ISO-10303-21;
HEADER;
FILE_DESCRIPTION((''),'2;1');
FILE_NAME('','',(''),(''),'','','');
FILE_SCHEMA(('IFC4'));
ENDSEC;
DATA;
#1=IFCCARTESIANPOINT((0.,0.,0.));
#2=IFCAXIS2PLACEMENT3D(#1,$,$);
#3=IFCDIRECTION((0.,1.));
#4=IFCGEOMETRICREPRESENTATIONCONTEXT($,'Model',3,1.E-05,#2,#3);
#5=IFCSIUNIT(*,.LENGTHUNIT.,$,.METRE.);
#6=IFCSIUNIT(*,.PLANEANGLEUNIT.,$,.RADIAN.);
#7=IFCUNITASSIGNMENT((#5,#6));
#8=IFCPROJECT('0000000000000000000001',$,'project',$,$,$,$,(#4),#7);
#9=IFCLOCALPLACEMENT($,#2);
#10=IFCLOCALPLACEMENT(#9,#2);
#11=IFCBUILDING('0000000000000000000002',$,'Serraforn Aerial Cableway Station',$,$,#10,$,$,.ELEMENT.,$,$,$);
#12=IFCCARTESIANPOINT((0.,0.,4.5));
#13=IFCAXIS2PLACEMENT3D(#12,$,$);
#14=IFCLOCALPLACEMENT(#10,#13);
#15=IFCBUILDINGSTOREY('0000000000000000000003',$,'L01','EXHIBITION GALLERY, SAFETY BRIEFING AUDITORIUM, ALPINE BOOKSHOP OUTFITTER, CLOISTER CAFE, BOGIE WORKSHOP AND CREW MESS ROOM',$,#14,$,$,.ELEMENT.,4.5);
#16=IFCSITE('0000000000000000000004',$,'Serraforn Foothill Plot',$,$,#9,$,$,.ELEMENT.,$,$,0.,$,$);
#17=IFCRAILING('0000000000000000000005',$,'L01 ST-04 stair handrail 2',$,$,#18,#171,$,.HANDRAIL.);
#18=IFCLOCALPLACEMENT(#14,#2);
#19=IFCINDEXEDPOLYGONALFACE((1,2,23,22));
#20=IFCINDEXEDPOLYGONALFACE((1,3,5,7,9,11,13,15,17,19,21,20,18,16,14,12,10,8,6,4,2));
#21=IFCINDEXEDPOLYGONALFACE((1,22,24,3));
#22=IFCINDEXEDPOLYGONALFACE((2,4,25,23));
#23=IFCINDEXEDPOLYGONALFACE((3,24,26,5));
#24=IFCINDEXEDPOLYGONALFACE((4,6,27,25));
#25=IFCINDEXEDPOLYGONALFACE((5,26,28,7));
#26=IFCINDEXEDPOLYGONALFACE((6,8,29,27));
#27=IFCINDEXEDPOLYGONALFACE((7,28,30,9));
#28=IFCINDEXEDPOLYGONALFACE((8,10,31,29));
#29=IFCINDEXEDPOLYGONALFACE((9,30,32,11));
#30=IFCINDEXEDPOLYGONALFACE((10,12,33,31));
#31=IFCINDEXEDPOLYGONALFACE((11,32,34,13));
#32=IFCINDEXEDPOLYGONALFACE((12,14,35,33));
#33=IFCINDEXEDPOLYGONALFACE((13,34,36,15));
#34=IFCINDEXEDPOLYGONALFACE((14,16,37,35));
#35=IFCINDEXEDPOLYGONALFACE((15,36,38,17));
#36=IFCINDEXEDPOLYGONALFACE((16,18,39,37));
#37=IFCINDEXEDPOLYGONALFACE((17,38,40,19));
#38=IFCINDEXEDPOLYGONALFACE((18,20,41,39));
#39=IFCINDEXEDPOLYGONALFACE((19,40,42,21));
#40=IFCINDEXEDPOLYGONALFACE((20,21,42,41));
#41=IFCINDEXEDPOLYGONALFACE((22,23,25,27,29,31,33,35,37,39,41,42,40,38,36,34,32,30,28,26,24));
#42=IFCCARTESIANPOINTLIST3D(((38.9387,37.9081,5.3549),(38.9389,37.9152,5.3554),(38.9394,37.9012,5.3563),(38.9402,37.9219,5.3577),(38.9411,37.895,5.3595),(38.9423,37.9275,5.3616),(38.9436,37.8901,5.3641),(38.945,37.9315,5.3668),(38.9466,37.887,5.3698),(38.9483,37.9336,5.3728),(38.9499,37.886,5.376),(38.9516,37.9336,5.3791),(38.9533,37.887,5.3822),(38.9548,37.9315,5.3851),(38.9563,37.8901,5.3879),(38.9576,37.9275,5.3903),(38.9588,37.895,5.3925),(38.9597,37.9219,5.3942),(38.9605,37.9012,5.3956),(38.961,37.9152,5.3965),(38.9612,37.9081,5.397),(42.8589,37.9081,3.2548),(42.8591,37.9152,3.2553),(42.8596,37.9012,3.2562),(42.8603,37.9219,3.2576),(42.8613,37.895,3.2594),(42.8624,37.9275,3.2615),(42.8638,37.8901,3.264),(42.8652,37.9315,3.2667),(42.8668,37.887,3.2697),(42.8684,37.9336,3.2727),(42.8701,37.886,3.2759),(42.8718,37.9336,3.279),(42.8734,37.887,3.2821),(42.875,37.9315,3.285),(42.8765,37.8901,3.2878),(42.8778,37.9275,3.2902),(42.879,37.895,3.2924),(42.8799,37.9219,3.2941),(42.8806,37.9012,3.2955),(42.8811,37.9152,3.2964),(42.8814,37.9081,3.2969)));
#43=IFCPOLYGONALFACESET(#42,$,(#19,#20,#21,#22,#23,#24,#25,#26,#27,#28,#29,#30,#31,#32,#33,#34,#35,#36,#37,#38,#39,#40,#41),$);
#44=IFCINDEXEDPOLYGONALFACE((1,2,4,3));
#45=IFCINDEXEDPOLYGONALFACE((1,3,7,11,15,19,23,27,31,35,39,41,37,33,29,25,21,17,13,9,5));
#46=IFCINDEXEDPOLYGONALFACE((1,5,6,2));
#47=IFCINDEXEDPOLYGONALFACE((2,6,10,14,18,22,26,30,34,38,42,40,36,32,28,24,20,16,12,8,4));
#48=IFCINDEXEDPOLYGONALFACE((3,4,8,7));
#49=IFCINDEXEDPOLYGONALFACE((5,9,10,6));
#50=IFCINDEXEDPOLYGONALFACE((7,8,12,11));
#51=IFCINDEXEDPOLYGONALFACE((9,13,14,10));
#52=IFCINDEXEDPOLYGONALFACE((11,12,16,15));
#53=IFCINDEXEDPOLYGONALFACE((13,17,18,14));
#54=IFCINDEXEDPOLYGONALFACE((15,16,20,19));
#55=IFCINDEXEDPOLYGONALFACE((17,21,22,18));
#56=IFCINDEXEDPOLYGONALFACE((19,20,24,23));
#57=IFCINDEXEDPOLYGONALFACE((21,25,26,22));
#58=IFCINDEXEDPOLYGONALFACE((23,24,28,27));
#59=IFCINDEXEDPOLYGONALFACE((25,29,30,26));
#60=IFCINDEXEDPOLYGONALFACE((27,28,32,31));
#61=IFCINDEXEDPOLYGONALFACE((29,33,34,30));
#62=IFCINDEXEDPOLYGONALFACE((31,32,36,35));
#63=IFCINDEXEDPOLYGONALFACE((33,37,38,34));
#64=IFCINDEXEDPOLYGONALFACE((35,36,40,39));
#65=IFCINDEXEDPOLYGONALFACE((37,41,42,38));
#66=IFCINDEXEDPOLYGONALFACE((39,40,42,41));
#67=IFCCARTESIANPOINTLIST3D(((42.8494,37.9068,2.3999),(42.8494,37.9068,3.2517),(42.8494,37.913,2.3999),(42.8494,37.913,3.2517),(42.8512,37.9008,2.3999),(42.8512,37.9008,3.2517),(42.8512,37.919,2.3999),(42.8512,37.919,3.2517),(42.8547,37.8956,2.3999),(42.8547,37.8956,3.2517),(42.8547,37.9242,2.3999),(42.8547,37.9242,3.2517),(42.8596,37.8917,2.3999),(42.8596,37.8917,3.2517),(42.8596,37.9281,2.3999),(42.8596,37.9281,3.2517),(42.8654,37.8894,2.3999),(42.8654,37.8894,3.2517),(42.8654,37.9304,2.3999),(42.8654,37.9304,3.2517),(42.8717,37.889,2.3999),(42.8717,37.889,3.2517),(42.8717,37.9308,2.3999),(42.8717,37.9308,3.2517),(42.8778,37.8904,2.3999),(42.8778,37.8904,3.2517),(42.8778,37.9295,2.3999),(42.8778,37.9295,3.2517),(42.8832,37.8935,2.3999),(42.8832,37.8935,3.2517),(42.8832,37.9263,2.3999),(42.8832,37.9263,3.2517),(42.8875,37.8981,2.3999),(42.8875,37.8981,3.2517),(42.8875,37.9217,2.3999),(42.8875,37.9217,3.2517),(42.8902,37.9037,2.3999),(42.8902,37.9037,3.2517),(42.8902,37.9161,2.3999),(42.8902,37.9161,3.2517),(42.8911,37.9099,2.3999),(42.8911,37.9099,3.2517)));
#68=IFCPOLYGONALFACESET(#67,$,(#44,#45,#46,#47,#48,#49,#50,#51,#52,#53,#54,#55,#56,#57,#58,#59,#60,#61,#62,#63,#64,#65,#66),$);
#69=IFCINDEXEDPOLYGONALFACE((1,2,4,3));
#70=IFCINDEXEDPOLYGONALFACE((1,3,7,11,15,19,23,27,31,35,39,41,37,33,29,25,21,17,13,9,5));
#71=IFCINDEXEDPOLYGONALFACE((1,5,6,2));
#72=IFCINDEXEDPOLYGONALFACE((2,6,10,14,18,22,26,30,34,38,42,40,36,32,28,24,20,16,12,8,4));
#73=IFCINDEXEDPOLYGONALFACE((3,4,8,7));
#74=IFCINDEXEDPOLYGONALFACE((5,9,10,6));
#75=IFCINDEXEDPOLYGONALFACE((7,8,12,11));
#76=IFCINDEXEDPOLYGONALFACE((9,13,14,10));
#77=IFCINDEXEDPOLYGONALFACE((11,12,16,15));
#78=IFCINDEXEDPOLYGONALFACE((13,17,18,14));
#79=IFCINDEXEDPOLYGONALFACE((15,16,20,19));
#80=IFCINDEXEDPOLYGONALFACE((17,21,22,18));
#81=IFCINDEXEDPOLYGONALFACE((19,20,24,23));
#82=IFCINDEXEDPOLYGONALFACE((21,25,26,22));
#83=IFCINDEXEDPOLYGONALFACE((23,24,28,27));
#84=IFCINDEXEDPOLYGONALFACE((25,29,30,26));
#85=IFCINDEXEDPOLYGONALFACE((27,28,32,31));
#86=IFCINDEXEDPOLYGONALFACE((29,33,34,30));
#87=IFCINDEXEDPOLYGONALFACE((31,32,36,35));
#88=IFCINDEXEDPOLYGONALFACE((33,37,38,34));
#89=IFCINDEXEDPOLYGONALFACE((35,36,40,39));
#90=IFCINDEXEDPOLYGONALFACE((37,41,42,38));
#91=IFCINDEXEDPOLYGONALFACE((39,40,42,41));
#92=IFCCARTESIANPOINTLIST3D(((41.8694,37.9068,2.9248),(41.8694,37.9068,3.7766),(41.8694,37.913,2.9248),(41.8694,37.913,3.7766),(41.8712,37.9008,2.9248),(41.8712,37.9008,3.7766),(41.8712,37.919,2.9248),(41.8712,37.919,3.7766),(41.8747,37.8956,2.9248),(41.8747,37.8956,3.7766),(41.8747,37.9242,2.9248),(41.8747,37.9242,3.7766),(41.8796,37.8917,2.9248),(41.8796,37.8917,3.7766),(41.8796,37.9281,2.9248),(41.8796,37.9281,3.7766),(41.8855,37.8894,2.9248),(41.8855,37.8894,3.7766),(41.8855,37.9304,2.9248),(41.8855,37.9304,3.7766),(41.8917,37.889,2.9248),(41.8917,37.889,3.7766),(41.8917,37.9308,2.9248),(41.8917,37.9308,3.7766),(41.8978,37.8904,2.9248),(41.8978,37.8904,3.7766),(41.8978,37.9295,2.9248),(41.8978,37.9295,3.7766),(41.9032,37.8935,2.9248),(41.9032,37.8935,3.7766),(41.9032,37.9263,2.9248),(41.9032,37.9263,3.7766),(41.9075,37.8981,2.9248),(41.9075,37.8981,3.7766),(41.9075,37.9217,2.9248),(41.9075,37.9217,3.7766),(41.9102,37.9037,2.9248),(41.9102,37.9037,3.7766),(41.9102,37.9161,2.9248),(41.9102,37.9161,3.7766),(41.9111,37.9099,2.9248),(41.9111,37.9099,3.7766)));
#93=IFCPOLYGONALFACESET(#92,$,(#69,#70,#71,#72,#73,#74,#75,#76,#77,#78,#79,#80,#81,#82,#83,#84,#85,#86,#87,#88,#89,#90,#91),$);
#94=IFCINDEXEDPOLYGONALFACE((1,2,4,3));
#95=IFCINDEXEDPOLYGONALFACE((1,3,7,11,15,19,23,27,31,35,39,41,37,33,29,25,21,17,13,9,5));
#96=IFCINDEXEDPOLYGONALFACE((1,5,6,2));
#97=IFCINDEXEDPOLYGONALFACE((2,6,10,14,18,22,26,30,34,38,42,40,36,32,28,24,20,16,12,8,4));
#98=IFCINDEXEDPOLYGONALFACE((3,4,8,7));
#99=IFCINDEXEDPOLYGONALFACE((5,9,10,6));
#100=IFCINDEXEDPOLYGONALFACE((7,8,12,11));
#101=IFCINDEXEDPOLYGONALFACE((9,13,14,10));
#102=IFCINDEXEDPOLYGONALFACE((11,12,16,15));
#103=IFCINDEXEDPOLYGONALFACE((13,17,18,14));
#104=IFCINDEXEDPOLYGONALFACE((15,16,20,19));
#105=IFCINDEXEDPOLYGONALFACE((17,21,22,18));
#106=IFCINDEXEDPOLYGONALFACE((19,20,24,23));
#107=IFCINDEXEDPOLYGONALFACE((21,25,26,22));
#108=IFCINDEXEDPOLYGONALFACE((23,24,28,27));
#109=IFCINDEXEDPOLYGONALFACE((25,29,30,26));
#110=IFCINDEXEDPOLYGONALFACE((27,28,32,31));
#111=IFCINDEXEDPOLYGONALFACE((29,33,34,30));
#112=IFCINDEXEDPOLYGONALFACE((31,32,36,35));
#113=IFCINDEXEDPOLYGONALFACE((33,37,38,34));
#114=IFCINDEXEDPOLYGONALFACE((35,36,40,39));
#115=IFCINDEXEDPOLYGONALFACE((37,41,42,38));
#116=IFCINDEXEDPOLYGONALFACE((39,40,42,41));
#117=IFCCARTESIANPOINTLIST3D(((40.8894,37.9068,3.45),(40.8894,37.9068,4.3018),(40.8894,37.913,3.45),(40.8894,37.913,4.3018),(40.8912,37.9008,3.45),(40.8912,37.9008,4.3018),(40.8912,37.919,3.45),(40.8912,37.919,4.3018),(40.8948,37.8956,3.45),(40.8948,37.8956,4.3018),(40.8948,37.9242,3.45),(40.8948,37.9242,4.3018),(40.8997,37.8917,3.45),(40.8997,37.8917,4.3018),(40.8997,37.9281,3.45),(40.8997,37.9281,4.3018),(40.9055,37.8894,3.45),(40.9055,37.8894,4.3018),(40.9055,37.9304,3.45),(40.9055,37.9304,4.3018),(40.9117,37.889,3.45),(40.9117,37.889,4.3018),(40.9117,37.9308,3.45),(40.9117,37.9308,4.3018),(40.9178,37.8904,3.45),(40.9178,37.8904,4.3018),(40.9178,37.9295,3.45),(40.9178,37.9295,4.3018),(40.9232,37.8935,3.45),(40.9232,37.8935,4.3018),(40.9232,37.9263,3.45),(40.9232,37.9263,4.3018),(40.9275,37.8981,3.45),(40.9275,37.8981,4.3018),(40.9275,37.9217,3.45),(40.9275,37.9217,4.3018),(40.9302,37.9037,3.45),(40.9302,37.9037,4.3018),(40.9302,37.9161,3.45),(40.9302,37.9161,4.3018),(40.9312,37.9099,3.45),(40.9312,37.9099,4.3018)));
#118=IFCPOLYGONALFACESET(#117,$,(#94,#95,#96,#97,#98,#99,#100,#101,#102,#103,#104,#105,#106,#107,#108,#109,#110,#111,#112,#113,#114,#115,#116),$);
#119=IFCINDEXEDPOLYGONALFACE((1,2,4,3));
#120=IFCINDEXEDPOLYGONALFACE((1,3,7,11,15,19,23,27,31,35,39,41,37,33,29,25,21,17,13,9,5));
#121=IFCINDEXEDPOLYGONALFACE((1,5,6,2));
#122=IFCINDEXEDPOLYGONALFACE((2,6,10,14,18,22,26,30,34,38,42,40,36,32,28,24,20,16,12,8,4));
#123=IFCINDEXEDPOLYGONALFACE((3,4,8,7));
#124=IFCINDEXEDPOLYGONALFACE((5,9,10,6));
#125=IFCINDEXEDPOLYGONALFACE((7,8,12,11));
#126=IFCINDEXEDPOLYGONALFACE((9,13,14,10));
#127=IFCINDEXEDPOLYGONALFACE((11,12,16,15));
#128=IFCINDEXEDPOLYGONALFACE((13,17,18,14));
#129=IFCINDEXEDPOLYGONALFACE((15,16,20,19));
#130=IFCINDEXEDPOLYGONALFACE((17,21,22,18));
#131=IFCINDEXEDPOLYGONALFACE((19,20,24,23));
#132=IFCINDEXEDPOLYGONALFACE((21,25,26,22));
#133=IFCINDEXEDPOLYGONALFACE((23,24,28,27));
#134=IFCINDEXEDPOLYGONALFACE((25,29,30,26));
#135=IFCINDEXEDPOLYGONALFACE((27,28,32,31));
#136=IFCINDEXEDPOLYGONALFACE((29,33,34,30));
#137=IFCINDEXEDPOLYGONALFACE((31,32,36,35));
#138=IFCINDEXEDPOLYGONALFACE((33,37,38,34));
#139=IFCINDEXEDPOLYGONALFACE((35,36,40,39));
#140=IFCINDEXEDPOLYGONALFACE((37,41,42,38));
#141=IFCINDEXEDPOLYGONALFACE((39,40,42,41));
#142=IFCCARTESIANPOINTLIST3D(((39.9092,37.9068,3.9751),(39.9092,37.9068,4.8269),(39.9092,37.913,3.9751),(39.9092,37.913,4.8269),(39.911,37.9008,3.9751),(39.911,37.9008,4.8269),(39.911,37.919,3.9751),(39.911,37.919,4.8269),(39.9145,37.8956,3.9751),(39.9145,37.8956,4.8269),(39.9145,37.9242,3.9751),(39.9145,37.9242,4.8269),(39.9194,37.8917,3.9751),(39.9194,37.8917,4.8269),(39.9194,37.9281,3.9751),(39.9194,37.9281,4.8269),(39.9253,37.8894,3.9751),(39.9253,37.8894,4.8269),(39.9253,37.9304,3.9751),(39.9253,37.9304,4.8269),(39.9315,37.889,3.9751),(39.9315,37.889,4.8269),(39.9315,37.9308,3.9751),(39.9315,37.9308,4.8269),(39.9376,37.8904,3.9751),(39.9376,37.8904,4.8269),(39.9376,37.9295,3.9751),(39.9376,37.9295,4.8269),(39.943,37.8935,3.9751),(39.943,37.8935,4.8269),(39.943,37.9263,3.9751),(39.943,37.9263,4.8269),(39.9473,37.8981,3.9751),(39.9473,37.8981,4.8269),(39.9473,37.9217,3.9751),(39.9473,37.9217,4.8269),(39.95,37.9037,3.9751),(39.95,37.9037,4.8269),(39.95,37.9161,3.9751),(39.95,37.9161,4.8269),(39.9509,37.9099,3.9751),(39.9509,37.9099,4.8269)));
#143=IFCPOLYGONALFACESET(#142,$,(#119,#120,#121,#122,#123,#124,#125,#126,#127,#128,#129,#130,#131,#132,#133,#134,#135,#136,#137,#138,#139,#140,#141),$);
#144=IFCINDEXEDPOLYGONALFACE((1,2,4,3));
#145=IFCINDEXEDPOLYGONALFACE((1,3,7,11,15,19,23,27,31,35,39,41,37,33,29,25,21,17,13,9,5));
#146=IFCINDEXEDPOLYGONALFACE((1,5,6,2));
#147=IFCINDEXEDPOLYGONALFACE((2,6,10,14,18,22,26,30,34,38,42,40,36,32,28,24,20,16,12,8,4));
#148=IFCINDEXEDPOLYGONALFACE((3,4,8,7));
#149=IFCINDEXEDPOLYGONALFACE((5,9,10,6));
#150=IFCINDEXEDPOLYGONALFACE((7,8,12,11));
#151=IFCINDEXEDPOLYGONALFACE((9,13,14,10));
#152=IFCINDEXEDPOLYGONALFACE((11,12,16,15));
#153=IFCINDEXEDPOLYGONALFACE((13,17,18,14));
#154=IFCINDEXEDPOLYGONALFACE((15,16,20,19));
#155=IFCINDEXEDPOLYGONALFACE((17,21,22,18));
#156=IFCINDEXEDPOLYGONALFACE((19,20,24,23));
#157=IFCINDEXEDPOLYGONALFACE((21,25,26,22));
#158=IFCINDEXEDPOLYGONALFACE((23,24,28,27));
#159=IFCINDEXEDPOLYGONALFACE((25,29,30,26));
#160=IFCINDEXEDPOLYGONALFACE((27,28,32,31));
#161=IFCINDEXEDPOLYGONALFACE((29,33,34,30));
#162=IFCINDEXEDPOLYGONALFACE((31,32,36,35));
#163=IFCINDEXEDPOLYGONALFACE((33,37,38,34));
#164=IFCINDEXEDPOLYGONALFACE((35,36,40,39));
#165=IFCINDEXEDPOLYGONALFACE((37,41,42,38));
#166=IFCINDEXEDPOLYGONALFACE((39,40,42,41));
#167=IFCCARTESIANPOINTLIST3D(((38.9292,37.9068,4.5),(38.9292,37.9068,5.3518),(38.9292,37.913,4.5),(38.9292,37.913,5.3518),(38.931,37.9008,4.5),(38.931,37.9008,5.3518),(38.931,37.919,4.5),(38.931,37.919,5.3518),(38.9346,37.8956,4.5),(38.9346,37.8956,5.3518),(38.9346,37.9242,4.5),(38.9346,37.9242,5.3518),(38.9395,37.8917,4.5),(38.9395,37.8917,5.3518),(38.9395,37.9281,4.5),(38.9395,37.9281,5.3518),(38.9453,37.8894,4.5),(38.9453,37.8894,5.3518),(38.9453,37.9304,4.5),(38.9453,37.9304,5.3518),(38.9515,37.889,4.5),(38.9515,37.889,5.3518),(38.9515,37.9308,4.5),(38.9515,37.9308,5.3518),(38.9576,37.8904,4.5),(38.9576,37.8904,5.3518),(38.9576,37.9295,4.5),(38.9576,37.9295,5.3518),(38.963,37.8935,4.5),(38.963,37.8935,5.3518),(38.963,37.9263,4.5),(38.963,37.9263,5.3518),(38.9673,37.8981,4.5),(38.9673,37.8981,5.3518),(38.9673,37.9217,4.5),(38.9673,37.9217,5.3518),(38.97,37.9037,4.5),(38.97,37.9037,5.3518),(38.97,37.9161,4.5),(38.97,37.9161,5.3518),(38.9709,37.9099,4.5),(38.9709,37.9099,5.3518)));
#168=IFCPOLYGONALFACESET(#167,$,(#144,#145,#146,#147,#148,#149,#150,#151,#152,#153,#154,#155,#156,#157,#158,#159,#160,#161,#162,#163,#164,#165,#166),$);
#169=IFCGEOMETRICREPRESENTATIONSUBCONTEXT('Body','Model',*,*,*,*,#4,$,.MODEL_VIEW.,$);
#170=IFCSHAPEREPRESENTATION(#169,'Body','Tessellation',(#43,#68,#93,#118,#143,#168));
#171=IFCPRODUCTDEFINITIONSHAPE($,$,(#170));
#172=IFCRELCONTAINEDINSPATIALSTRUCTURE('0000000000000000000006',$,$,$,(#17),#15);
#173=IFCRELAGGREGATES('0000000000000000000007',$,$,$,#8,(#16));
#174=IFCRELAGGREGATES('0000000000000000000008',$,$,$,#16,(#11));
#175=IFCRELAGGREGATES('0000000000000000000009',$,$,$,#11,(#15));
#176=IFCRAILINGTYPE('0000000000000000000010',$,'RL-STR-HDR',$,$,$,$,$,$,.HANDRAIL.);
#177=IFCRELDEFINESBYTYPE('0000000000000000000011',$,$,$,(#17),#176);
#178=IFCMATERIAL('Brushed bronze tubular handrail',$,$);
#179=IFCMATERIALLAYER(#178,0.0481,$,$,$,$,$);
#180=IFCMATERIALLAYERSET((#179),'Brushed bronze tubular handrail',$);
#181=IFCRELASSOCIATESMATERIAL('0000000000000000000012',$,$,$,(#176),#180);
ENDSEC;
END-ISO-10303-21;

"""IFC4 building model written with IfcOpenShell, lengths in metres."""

from ifc_helpers import new_model, si_unit, direction, frame, origin, origin_2d, place, context, subcontext, project, spatial, circle, extrude, material, layer, layer_set, type_object, element, save


model = new_model("IFC4")

# Units and contexts
model_context = context("Model", 3, precision=1e-05, world=origin(), true_north=direction((0.0, 1.0)))
body_context = subcontext(model_context, "Body", "Model", "MODEL_VIEW")
ifc_project = project(units=[si_unit("LENGTHUNIT", "METRE"), si_unit("PLANEANGLEUNIT", "RADIAN")], contexts=[model_context])

# Site, building, storey
site_placement = place(None, origin())
site = spatial("IfcSite", under=ifc_project, at=site_placement, Name="Serraforn Foothill Plot", CompositionType="ELEMENT", RefElevation=0.0)
building_placement = place(site_placement, origin())
building = spatial("IfcBuilding", under=site, at=building_placement, Name="Serraforn Aerial Cableway Station", CompositionType="ELEMENT")
storey_placement = place(building_placement, frame((0.0, 0.0, 4.5)))
storey = spatial("IfcBuildingStorey", under=building, at=storey_placement, Name="L01", Description="EXHIBITION GALLERY, SAFETY BRIEFING AUDITORIUM, ALPINE BOOKSHOP OUTFITTER, CLOISTER CAFE, BOGIE WORKSHOP AND CREW MESS ROOM", CompositionType="ELEMENT", Elevation=4.5)

# Railing
ifc_material_1 = material(Name="Brushed bronze tubular handrail")
ifc_layer_1 = layer(ifc_material_1, 0.0481)
ifc_layer_set_1 = layer_set([ifc_layer_1], Name="Brushed bronze tubular handrail")
railing_type_1 = type_object("IfcRailingType", Name="RL-STR-HDR", PredefinedType="HANDRAIL", material=ifc_layer_set_1)
railing_1_placement = place(storey_placement, frame((42.8701, 37.9099, 2.3999)))
element("IfcRailing", 1, at=railing_1_placement, inside=storey, type_object=railing_type_1, Name="L01 ST-04 stair handrail 2", PredefinedType="HANDRAIL", context=body_context, shape_type="SweptSolid", body=[
    extrude(circle(Radius=0.0239, at=origin_2d()), frame((0.0, 0.0, 0.876), z_axis=(-0.881479, 0.0, 0.472223), x_axis=(0.0, -1.0, 0.0)), (0.0, 0.0, 1.0), 4.4473),
    extrude(circle(Radius=0.021, at=origin_2d()), origin(), (0.0, 0.0, 1.0), 0.8518),
    extrude(circle(Radius=0.021, at=origin_2d()), frame((-0.98, 0.0, 0.5249)), (0.0, 0.0, 1.0), 0.8518),
    extrude(circle(Radius=0.021, at=origin_2d()), frame((-1.96, 0.0, 1.05)), (0.0, 0.0, 1.0), 0.8518),
    extrude(circle(Radius=0.021, at=origin_2d()), frame((-2.9402, 0.0, 1.5752)), (0.0, 0.0, 1.0), 0.8518),
    extrude(circle(Radius=0.021, at=origin_2d()), frame((-3.9202, 0.0, 2.1001)), (0.0, 0.0, 1.0), 0.8518),
])

save(model, "model.ifc")
